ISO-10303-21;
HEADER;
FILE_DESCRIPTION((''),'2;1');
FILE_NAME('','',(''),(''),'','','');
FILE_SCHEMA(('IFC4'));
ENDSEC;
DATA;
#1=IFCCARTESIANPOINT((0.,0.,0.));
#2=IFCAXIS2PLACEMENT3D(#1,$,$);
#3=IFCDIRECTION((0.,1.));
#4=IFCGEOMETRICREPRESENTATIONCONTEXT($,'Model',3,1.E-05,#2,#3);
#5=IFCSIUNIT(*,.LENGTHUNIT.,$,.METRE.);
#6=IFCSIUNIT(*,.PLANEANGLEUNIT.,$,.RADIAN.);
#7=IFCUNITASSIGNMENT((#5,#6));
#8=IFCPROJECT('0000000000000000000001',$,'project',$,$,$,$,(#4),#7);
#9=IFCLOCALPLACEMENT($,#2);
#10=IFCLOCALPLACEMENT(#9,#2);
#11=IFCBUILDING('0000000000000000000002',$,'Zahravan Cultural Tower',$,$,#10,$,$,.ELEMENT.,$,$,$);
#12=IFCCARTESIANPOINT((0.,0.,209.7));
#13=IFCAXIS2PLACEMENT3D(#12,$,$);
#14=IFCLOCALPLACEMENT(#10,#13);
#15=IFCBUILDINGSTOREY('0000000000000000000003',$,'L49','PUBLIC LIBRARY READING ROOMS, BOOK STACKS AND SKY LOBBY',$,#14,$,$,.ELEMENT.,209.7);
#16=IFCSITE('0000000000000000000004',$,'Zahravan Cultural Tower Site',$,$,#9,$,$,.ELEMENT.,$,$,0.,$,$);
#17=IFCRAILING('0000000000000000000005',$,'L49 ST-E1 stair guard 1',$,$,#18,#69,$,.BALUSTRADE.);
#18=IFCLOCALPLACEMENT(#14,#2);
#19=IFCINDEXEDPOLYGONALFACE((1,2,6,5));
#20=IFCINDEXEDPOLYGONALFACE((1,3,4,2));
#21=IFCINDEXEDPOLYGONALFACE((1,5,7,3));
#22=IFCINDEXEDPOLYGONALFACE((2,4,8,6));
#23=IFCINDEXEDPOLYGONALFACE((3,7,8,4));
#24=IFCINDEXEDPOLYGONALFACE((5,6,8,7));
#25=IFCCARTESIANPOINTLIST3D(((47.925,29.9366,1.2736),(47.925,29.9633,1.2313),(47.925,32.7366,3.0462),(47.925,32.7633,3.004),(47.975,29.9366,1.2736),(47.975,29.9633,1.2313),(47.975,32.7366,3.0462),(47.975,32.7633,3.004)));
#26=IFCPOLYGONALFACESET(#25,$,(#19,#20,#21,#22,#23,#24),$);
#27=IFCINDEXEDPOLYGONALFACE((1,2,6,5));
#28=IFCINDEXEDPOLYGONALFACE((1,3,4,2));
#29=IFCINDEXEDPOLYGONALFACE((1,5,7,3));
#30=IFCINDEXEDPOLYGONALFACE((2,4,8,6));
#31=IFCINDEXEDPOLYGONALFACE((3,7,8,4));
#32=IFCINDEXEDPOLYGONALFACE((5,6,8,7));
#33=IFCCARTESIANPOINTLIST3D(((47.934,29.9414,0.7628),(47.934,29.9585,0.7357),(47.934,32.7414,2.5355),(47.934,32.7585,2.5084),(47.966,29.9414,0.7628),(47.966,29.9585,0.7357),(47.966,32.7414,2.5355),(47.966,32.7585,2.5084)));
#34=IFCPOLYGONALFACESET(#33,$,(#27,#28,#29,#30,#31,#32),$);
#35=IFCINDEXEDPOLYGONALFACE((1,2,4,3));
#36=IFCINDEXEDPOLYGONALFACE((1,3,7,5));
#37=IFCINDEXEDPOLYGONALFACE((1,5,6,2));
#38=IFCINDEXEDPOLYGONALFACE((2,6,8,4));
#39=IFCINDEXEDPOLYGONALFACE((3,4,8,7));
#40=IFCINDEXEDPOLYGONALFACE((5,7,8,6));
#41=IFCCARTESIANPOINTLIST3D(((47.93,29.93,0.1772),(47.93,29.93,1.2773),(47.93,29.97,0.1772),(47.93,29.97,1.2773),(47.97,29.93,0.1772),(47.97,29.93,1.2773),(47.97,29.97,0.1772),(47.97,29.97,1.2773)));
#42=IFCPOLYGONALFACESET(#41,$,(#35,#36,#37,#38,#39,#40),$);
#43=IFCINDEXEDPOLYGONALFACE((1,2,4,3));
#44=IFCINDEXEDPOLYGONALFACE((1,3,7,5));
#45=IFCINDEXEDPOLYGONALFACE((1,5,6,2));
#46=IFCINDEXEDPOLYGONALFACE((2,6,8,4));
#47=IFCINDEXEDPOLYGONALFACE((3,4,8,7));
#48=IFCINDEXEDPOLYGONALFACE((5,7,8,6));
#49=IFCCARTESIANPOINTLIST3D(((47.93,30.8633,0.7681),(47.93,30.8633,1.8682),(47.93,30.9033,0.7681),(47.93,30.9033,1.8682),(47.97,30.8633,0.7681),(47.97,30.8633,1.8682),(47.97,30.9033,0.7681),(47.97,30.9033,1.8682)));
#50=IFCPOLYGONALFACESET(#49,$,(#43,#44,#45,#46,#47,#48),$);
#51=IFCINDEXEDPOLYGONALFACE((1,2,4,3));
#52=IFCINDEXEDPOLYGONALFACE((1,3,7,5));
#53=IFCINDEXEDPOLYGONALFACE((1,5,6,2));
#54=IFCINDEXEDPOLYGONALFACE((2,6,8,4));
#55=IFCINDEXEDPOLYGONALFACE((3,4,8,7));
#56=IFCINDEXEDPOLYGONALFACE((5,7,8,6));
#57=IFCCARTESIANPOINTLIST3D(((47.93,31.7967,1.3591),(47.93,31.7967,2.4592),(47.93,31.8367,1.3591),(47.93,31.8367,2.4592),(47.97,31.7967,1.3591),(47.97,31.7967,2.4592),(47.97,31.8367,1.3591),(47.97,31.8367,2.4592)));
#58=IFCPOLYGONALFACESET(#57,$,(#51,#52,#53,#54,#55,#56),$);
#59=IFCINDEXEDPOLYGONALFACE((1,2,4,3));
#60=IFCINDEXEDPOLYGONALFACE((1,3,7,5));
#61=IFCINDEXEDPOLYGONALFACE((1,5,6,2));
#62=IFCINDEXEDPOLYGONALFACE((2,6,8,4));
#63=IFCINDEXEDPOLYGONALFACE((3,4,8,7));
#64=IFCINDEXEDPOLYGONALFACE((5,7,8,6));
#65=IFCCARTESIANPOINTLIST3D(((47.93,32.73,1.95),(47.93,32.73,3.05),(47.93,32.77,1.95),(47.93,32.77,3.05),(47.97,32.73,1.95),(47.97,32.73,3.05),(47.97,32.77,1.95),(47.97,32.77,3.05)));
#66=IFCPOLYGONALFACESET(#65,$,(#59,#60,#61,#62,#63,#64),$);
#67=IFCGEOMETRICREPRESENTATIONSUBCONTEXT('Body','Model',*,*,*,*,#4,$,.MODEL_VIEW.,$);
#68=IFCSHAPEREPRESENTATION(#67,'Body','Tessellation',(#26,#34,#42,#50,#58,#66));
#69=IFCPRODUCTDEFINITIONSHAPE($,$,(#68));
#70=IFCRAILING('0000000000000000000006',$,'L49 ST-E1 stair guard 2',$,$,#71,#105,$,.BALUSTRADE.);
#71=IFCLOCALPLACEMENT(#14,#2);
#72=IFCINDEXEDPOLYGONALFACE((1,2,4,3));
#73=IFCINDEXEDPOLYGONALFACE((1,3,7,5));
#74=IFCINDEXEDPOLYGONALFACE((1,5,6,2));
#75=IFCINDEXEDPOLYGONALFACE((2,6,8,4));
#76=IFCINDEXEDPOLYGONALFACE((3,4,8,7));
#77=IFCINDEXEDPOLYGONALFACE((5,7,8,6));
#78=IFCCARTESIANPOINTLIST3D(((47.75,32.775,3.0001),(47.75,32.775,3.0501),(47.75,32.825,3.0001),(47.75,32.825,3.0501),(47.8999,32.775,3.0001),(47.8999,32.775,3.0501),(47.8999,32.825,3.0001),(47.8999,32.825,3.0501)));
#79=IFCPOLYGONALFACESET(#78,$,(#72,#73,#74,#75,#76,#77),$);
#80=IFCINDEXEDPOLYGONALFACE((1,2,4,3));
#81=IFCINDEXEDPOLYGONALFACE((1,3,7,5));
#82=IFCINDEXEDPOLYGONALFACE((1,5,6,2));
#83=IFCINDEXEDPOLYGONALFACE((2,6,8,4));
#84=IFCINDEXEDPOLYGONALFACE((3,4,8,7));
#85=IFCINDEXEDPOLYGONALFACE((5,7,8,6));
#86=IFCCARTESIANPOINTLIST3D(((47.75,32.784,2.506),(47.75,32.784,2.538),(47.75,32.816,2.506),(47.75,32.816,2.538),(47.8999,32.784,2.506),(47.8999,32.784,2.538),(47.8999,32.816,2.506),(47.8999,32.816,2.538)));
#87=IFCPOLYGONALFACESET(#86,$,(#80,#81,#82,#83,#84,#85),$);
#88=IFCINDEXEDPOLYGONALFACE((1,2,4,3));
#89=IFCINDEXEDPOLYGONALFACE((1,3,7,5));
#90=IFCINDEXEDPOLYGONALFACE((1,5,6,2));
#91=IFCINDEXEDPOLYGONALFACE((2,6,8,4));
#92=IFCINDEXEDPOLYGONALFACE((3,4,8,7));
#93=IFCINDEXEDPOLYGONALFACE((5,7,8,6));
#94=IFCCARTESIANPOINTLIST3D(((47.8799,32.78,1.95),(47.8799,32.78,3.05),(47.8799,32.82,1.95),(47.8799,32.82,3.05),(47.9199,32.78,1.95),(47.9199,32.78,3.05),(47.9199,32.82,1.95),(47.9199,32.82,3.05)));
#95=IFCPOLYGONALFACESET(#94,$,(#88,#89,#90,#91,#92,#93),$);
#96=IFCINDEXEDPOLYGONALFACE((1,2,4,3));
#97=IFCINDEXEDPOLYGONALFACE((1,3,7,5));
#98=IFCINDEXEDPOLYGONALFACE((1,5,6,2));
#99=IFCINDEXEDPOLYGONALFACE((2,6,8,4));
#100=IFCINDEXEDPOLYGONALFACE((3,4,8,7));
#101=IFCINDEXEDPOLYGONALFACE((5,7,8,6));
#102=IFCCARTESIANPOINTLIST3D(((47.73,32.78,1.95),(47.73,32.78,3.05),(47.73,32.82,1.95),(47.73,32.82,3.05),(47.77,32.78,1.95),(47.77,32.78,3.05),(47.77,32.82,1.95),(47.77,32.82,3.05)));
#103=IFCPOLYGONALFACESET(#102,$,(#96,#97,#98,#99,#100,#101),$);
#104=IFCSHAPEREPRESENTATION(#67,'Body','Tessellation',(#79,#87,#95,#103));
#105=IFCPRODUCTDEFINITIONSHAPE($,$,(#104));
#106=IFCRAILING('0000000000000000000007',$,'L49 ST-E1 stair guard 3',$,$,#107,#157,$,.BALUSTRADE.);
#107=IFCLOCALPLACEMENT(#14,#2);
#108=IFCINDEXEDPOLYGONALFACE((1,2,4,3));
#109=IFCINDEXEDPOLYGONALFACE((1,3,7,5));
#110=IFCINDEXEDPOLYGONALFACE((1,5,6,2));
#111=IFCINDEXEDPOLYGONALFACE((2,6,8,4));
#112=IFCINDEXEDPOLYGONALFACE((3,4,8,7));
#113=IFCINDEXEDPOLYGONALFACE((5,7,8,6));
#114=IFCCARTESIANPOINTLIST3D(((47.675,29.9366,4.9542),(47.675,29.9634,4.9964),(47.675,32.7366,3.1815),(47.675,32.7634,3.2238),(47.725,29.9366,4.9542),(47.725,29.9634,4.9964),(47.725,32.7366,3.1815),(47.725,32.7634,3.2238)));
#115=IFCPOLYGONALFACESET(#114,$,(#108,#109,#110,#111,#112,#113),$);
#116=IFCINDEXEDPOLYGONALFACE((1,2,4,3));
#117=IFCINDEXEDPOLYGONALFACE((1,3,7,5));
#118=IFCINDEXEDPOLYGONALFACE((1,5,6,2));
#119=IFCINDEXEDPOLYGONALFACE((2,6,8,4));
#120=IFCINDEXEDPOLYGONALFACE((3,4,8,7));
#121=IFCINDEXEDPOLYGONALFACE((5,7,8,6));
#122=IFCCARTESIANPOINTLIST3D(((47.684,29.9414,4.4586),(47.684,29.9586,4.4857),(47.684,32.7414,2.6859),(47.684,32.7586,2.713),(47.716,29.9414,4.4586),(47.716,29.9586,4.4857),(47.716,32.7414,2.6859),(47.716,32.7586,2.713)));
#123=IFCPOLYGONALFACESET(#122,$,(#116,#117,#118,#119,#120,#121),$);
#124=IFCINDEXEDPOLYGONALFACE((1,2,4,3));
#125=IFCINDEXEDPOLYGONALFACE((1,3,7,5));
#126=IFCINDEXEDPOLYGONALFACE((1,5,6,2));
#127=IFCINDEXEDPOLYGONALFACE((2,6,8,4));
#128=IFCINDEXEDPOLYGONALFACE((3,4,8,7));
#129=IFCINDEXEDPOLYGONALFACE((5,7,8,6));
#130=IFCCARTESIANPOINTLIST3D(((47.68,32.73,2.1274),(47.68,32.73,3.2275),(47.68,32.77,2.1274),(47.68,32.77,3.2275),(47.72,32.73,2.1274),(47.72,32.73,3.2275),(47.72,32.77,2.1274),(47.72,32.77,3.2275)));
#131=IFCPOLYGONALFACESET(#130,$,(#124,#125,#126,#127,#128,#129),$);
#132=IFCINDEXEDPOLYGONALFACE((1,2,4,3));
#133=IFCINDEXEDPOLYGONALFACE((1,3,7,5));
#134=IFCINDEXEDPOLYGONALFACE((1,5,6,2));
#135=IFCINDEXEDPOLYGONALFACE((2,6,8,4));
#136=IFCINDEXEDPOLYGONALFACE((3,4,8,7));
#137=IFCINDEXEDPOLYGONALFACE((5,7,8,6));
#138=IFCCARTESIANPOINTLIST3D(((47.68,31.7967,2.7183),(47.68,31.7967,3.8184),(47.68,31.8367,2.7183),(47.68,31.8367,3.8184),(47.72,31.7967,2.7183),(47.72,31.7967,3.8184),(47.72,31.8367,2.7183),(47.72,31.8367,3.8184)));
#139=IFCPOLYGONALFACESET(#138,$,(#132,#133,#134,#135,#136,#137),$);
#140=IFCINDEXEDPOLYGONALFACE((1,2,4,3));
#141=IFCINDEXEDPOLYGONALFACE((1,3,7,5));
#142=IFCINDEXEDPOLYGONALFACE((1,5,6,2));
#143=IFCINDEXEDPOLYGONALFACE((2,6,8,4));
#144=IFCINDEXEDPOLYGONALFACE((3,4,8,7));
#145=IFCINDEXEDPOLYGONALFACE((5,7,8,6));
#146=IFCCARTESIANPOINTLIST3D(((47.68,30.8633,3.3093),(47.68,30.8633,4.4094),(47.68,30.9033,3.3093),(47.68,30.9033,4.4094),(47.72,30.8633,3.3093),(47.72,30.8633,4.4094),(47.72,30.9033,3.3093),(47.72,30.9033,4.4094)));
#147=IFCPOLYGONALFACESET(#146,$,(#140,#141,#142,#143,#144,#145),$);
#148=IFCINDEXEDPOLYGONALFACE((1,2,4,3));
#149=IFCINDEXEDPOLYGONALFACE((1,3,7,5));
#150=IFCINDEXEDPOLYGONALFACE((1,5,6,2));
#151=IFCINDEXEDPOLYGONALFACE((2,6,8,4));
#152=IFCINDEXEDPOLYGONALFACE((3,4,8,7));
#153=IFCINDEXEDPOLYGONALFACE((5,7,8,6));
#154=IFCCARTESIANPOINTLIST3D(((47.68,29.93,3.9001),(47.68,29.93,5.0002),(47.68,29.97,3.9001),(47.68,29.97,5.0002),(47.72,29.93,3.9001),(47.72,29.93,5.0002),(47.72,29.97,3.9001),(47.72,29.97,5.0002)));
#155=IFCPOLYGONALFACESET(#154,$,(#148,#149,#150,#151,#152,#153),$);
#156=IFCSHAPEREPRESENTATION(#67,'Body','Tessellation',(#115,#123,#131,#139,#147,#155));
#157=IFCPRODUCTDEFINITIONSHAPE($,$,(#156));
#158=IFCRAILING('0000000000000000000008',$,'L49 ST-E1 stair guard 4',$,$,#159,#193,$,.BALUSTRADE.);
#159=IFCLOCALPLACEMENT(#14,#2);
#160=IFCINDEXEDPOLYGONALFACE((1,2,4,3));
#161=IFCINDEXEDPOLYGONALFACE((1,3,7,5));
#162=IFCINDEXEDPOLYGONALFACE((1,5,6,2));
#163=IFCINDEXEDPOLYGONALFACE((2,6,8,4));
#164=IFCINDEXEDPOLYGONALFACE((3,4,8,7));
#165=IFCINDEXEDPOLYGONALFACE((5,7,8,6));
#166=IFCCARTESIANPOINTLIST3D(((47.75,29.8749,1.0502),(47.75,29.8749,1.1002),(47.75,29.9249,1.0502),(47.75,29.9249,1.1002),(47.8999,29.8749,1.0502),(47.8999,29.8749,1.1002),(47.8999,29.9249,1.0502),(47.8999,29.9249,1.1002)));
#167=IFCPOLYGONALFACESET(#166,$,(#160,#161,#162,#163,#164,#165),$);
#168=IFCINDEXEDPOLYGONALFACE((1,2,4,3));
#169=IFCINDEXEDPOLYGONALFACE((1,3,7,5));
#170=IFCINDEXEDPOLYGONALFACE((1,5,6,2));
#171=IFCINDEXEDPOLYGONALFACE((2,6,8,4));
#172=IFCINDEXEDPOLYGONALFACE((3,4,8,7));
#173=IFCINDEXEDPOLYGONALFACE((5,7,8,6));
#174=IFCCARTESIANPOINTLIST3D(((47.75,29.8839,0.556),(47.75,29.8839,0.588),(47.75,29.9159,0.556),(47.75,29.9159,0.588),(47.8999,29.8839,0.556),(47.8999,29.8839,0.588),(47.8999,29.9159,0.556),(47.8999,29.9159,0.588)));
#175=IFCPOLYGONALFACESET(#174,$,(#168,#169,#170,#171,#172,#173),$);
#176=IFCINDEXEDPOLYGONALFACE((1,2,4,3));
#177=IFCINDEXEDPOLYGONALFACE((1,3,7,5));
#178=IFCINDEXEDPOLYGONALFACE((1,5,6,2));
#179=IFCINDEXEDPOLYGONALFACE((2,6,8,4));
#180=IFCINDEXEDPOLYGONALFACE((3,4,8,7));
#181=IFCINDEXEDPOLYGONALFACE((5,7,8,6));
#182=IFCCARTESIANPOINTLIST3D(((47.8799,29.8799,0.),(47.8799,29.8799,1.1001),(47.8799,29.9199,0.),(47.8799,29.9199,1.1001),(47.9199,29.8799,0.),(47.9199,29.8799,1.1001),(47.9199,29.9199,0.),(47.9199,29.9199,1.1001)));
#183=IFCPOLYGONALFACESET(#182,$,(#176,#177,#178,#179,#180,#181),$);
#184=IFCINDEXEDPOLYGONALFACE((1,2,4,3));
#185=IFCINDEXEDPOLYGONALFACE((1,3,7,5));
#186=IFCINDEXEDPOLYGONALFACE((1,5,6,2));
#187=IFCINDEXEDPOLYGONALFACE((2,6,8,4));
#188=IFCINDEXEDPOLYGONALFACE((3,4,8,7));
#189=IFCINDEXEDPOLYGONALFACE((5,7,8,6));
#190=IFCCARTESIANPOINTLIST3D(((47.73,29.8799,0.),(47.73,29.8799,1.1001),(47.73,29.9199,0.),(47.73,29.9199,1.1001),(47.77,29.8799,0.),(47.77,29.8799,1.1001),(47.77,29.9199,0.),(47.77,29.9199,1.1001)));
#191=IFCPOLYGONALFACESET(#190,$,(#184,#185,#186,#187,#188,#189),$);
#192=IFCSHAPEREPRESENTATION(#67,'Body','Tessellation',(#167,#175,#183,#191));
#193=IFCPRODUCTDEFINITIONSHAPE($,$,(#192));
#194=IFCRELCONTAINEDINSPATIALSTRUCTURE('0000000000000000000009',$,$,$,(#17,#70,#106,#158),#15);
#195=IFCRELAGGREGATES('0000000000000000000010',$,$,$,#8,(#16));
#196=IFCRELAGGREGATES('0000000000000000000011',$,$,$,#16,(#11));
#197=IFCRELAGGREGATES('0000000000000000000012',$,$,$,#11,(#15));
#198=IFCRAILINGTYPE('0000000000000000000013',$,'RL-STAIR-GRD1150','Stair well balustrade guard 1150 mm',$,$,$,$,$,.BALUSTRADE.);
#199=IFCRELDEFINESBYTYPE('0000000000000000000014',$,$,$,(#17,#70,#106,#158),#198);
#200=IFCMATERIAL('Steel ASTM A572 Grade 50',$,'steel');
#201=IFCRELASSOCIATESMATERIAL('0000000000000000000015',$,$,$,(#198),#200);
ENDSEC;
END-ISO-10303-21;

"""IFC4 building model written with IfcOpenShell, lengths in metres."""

from ifc_helpers import new_model, si_unit, direction, frame, origin, origin_2d, place, context, subcontext, project, spatial, rectangle, extrude, material, type_object, element, save


model = new_model("IFC4")

# Units and contexts
model_context = context("Model", 3, precision=1e-05, world=origin(), true_north=direction((0.0, 1.0)))
body_context = subcontext(model_context, "Body", "Model", "MODEL_VIEW")
ifc_project = project(units=[si_unit("LENGTHUNIT", "METRE"), si_unit("PLANEANGLEUNIT", "RADIAN")], contexts=[model_context])

# Site, building, storey
site_placement = place(None, origin())
site = spatial("IfcSite", under=ifc_project, at=site_placement, Name="Zahravan Cultural Tower Site", CompositionType="ELEMENT", RefElevation=0.0)
building_placement = place(site_placement, origin())
building = spatial("IfcBuilding", under=site, at=building_placement, Name="Zahravan Cultural Tower", CompositionType="ELEMENT")
storey_placement = place(building_placement, frame((0.0, 0.0, 209.7)))
storey = spatial("IfcBuildingStorey", under=building, at=storey_placement, Name="L49", Description="PUBLIC LIBRARY READING ROOMS, BOOK STACKS AND SKY LOBBY", CompositionType="ELEMENT", Elevation=209.7)

# Railings
ifc_material_1 = material(Name="Steel ASTM A572 Grade 50", Category="steel")
railing_type_1 = type_object("IfcRailingType", Name="RL-STAIR-GRD1150", Description="Stair well balustrade guard 1150 mm", PredefinedType="BALUSTRADE", material=ifc_material_1)
railing_1_placement = place(storey_placement, frame((47.95, 29.95, 0.1772)))
element("IfcRailing", 1, at=railing_1_placement, inside=storey, type_object=railing_type_1, Name="L49 ST-E1 stair guard 1", PredefinedType="BALUSTRADE", context=body_context, shape_type="SweptSolid", body=[
    extrude(rectangle(XDim=0.05, YDim=0.05, at=origin_2d()), frame((0.0, 0.0, 1.0752), z_axis=(0.0, 0.844909, 0.53491), x_axis=(-1.0, 0.0, 0.0)), (0.0, 0.0, 1.0), 3.314),
    extrude(rectangle(XDim=0.032, YDim=0.032, at=origin_2d()), frame((0.0, 0.0, 0.572), z_axis=(0.0, 0.844909, 0.53491), x_axis=(-1.0, 0.0, 0.0)), (0.0, 0.0, 1.0), 3.314),
    extrude(rectangle(XDim=0.04, YDim=0.04, at=origin_2d()), origin(), (0.0, 0.0, 1.0), 1.1001),
    extrude(rectangle(XDim=0.04, YDim=0.04, at=origin_2d()), frame((0.0, 0.9333, 0.5908)), (0.0, 0.0, 1.0), 1.1001),
    extrude(rectangle(XDim=0.04, YDim=0.04, at=origin_2d()), frame((0.0, 1.8667, 1.1819)), (0.0, 0.0, 1.0), 1.1001),
    extrude(rectangle(XDim=0.04, YDim=0.04, at=origin_2d()), frame((0.0, 2.8, 1.7727)), (0.0, 0.0, 1.0), 1.1001),
])
railing_2_placement = place(storey_placement, frame((47.8999, 32.8, 1.95)))
element("IfcRailing", 2, at=railing_2_placement, inside=storey, type_object=railing_type_1, Name="L49 ST-E1 stair guard 2", PredefinedType="BALUSTRADE", context=body_context, shape_type="SweptSolid", body=[
    extrude(rectangle(XDim=0.05, YDim=0.05, at=origin_2d()), frame((0.0, 0.0, 1.0752), z_axis=(-1.0, 0.0, 0.0), x_axis=(0.0, -1.0, 0.0)), (0.0, 0.0, 1.0), 0.1499),
    extrude(rectangle(XDim=0.032, YDim=0.032, at=origin_2d()), frame((0.0, 0.0, 0.572), z_axis=(-1.0, 0.0, 0.0), x_axis=(0.0, -1.0, 0.0)), (0.0, 0.0, 1.0), 0.1499),
    extrude(rectangle(XDim=0.04, YDim=0.04, at=origin_2d()), origin(), (0.0, 0.0, 1.0), 1.1001),
    extrude(rectangle(XDim=0.04, YDim=0.04, at=origin_2d()), frame((-0.1499, 0.0, 0.0)), (0.0, 0.0, 1.0), 1.1001),
])
railing_3_placement = place(storey_placement, frame((47.7, 32.75, 2.1274)))
element("IfcRailing", 3, at=railing_3_placement, inside=storey, type_object=railing_type_1, Name="L49 ST-E1 stair guard 3", PredefinedType="BALUSTRADE", context=body_context, shape_type="SweptSolid", body=[
    extrude(rectangle(XDim=0.05, YDim=0.05, at=origin_2d()), frame((0.0, 0.0, 1.0752), z_axis=(0.0, -0.844909, 0.53491), x_axis=(1.0, 0.0, 0.0)), (0.0, 0.0, 1.0), 3.314),
    extrude(rectangle(XDim=0.032, YDim=0.032, at=origin_2d()), frame((0.0, 0.0, 0.572), z_axis=(0.0, -0.844909, 0.53491), x_axis=(1.0, 0.0, 0.0)), (0.0, 0.0, 1.0), 3.314),
    extrude(rectangle(XDim=0.04, YDim=0.04, at=origin_2d()), origin(), (0.0, 0.0, 1.0), 1.1001),
    extrude(rectangle(XDim=0.04, YDim=0.04, at=origin_2d()), frame((0.0, -0.9333, 0.5908)), (0.0, 0.0, 1.0), 1.1001),
    extrude(rectangle(XDim=0.04, YDim=0.04, at=origin_2d()), frame((0.0, -1.8667, 1.1819)), (0.0, 0.0, 1.0), 1.1001),
    extrude(rectangle(XDim=0.04, YDim=0.04, at=origin_2d()), frame((0.0, -2.8, 1.7727)), (0.0, 0.0, 1.0), 1.1001),
])
railing_4_placement = place(storey_placement, frame((47.8999, 29.8999, 0.0)))
element("IfcRailing", 4, at=railing_4_placement, inside=storey, type_object=railing_type_1, Name="L49 ST-E1 stair guard 4", PredefinedType="BALUSTRADE", context=body_context, shape_type="SweptSolid", body=[
    extrude(rectangle(XDim=0.05, YDim=0.05, at=origin_2d()), frame((0.0, 0.0, 1.0752), z_axis=(-1.0, 0.0, 0.0), x_axis=(0.0, -1.0, 0.0)), (0.0, 0.0, 1.0), 0.1499),
    extrude(rectangle(XDim=0.032, YDim=0.032, at=origin_2d()), frame((0.0, 0.0, 0.572), z_axis=(-1.0, 0.0, 0.0), x_axis=(0.0, -1.0, 0.0)), (0.0, 0.0, 1.0), 0.1499),
    extrude(rectangle(XDim=0.04, YDim=0.04, at=origin_2d()), origin(), (0.0, 0.0, 1.0), 1.1001),
    extrude(rectangle(XDim=0.04, YDim=0.04, at=origin_2d()), frame((-0.1499, 0.0, 0.0)), (0.0, 0.0, 1.0), 1.1001),
])

save(model, "model.ifc")
